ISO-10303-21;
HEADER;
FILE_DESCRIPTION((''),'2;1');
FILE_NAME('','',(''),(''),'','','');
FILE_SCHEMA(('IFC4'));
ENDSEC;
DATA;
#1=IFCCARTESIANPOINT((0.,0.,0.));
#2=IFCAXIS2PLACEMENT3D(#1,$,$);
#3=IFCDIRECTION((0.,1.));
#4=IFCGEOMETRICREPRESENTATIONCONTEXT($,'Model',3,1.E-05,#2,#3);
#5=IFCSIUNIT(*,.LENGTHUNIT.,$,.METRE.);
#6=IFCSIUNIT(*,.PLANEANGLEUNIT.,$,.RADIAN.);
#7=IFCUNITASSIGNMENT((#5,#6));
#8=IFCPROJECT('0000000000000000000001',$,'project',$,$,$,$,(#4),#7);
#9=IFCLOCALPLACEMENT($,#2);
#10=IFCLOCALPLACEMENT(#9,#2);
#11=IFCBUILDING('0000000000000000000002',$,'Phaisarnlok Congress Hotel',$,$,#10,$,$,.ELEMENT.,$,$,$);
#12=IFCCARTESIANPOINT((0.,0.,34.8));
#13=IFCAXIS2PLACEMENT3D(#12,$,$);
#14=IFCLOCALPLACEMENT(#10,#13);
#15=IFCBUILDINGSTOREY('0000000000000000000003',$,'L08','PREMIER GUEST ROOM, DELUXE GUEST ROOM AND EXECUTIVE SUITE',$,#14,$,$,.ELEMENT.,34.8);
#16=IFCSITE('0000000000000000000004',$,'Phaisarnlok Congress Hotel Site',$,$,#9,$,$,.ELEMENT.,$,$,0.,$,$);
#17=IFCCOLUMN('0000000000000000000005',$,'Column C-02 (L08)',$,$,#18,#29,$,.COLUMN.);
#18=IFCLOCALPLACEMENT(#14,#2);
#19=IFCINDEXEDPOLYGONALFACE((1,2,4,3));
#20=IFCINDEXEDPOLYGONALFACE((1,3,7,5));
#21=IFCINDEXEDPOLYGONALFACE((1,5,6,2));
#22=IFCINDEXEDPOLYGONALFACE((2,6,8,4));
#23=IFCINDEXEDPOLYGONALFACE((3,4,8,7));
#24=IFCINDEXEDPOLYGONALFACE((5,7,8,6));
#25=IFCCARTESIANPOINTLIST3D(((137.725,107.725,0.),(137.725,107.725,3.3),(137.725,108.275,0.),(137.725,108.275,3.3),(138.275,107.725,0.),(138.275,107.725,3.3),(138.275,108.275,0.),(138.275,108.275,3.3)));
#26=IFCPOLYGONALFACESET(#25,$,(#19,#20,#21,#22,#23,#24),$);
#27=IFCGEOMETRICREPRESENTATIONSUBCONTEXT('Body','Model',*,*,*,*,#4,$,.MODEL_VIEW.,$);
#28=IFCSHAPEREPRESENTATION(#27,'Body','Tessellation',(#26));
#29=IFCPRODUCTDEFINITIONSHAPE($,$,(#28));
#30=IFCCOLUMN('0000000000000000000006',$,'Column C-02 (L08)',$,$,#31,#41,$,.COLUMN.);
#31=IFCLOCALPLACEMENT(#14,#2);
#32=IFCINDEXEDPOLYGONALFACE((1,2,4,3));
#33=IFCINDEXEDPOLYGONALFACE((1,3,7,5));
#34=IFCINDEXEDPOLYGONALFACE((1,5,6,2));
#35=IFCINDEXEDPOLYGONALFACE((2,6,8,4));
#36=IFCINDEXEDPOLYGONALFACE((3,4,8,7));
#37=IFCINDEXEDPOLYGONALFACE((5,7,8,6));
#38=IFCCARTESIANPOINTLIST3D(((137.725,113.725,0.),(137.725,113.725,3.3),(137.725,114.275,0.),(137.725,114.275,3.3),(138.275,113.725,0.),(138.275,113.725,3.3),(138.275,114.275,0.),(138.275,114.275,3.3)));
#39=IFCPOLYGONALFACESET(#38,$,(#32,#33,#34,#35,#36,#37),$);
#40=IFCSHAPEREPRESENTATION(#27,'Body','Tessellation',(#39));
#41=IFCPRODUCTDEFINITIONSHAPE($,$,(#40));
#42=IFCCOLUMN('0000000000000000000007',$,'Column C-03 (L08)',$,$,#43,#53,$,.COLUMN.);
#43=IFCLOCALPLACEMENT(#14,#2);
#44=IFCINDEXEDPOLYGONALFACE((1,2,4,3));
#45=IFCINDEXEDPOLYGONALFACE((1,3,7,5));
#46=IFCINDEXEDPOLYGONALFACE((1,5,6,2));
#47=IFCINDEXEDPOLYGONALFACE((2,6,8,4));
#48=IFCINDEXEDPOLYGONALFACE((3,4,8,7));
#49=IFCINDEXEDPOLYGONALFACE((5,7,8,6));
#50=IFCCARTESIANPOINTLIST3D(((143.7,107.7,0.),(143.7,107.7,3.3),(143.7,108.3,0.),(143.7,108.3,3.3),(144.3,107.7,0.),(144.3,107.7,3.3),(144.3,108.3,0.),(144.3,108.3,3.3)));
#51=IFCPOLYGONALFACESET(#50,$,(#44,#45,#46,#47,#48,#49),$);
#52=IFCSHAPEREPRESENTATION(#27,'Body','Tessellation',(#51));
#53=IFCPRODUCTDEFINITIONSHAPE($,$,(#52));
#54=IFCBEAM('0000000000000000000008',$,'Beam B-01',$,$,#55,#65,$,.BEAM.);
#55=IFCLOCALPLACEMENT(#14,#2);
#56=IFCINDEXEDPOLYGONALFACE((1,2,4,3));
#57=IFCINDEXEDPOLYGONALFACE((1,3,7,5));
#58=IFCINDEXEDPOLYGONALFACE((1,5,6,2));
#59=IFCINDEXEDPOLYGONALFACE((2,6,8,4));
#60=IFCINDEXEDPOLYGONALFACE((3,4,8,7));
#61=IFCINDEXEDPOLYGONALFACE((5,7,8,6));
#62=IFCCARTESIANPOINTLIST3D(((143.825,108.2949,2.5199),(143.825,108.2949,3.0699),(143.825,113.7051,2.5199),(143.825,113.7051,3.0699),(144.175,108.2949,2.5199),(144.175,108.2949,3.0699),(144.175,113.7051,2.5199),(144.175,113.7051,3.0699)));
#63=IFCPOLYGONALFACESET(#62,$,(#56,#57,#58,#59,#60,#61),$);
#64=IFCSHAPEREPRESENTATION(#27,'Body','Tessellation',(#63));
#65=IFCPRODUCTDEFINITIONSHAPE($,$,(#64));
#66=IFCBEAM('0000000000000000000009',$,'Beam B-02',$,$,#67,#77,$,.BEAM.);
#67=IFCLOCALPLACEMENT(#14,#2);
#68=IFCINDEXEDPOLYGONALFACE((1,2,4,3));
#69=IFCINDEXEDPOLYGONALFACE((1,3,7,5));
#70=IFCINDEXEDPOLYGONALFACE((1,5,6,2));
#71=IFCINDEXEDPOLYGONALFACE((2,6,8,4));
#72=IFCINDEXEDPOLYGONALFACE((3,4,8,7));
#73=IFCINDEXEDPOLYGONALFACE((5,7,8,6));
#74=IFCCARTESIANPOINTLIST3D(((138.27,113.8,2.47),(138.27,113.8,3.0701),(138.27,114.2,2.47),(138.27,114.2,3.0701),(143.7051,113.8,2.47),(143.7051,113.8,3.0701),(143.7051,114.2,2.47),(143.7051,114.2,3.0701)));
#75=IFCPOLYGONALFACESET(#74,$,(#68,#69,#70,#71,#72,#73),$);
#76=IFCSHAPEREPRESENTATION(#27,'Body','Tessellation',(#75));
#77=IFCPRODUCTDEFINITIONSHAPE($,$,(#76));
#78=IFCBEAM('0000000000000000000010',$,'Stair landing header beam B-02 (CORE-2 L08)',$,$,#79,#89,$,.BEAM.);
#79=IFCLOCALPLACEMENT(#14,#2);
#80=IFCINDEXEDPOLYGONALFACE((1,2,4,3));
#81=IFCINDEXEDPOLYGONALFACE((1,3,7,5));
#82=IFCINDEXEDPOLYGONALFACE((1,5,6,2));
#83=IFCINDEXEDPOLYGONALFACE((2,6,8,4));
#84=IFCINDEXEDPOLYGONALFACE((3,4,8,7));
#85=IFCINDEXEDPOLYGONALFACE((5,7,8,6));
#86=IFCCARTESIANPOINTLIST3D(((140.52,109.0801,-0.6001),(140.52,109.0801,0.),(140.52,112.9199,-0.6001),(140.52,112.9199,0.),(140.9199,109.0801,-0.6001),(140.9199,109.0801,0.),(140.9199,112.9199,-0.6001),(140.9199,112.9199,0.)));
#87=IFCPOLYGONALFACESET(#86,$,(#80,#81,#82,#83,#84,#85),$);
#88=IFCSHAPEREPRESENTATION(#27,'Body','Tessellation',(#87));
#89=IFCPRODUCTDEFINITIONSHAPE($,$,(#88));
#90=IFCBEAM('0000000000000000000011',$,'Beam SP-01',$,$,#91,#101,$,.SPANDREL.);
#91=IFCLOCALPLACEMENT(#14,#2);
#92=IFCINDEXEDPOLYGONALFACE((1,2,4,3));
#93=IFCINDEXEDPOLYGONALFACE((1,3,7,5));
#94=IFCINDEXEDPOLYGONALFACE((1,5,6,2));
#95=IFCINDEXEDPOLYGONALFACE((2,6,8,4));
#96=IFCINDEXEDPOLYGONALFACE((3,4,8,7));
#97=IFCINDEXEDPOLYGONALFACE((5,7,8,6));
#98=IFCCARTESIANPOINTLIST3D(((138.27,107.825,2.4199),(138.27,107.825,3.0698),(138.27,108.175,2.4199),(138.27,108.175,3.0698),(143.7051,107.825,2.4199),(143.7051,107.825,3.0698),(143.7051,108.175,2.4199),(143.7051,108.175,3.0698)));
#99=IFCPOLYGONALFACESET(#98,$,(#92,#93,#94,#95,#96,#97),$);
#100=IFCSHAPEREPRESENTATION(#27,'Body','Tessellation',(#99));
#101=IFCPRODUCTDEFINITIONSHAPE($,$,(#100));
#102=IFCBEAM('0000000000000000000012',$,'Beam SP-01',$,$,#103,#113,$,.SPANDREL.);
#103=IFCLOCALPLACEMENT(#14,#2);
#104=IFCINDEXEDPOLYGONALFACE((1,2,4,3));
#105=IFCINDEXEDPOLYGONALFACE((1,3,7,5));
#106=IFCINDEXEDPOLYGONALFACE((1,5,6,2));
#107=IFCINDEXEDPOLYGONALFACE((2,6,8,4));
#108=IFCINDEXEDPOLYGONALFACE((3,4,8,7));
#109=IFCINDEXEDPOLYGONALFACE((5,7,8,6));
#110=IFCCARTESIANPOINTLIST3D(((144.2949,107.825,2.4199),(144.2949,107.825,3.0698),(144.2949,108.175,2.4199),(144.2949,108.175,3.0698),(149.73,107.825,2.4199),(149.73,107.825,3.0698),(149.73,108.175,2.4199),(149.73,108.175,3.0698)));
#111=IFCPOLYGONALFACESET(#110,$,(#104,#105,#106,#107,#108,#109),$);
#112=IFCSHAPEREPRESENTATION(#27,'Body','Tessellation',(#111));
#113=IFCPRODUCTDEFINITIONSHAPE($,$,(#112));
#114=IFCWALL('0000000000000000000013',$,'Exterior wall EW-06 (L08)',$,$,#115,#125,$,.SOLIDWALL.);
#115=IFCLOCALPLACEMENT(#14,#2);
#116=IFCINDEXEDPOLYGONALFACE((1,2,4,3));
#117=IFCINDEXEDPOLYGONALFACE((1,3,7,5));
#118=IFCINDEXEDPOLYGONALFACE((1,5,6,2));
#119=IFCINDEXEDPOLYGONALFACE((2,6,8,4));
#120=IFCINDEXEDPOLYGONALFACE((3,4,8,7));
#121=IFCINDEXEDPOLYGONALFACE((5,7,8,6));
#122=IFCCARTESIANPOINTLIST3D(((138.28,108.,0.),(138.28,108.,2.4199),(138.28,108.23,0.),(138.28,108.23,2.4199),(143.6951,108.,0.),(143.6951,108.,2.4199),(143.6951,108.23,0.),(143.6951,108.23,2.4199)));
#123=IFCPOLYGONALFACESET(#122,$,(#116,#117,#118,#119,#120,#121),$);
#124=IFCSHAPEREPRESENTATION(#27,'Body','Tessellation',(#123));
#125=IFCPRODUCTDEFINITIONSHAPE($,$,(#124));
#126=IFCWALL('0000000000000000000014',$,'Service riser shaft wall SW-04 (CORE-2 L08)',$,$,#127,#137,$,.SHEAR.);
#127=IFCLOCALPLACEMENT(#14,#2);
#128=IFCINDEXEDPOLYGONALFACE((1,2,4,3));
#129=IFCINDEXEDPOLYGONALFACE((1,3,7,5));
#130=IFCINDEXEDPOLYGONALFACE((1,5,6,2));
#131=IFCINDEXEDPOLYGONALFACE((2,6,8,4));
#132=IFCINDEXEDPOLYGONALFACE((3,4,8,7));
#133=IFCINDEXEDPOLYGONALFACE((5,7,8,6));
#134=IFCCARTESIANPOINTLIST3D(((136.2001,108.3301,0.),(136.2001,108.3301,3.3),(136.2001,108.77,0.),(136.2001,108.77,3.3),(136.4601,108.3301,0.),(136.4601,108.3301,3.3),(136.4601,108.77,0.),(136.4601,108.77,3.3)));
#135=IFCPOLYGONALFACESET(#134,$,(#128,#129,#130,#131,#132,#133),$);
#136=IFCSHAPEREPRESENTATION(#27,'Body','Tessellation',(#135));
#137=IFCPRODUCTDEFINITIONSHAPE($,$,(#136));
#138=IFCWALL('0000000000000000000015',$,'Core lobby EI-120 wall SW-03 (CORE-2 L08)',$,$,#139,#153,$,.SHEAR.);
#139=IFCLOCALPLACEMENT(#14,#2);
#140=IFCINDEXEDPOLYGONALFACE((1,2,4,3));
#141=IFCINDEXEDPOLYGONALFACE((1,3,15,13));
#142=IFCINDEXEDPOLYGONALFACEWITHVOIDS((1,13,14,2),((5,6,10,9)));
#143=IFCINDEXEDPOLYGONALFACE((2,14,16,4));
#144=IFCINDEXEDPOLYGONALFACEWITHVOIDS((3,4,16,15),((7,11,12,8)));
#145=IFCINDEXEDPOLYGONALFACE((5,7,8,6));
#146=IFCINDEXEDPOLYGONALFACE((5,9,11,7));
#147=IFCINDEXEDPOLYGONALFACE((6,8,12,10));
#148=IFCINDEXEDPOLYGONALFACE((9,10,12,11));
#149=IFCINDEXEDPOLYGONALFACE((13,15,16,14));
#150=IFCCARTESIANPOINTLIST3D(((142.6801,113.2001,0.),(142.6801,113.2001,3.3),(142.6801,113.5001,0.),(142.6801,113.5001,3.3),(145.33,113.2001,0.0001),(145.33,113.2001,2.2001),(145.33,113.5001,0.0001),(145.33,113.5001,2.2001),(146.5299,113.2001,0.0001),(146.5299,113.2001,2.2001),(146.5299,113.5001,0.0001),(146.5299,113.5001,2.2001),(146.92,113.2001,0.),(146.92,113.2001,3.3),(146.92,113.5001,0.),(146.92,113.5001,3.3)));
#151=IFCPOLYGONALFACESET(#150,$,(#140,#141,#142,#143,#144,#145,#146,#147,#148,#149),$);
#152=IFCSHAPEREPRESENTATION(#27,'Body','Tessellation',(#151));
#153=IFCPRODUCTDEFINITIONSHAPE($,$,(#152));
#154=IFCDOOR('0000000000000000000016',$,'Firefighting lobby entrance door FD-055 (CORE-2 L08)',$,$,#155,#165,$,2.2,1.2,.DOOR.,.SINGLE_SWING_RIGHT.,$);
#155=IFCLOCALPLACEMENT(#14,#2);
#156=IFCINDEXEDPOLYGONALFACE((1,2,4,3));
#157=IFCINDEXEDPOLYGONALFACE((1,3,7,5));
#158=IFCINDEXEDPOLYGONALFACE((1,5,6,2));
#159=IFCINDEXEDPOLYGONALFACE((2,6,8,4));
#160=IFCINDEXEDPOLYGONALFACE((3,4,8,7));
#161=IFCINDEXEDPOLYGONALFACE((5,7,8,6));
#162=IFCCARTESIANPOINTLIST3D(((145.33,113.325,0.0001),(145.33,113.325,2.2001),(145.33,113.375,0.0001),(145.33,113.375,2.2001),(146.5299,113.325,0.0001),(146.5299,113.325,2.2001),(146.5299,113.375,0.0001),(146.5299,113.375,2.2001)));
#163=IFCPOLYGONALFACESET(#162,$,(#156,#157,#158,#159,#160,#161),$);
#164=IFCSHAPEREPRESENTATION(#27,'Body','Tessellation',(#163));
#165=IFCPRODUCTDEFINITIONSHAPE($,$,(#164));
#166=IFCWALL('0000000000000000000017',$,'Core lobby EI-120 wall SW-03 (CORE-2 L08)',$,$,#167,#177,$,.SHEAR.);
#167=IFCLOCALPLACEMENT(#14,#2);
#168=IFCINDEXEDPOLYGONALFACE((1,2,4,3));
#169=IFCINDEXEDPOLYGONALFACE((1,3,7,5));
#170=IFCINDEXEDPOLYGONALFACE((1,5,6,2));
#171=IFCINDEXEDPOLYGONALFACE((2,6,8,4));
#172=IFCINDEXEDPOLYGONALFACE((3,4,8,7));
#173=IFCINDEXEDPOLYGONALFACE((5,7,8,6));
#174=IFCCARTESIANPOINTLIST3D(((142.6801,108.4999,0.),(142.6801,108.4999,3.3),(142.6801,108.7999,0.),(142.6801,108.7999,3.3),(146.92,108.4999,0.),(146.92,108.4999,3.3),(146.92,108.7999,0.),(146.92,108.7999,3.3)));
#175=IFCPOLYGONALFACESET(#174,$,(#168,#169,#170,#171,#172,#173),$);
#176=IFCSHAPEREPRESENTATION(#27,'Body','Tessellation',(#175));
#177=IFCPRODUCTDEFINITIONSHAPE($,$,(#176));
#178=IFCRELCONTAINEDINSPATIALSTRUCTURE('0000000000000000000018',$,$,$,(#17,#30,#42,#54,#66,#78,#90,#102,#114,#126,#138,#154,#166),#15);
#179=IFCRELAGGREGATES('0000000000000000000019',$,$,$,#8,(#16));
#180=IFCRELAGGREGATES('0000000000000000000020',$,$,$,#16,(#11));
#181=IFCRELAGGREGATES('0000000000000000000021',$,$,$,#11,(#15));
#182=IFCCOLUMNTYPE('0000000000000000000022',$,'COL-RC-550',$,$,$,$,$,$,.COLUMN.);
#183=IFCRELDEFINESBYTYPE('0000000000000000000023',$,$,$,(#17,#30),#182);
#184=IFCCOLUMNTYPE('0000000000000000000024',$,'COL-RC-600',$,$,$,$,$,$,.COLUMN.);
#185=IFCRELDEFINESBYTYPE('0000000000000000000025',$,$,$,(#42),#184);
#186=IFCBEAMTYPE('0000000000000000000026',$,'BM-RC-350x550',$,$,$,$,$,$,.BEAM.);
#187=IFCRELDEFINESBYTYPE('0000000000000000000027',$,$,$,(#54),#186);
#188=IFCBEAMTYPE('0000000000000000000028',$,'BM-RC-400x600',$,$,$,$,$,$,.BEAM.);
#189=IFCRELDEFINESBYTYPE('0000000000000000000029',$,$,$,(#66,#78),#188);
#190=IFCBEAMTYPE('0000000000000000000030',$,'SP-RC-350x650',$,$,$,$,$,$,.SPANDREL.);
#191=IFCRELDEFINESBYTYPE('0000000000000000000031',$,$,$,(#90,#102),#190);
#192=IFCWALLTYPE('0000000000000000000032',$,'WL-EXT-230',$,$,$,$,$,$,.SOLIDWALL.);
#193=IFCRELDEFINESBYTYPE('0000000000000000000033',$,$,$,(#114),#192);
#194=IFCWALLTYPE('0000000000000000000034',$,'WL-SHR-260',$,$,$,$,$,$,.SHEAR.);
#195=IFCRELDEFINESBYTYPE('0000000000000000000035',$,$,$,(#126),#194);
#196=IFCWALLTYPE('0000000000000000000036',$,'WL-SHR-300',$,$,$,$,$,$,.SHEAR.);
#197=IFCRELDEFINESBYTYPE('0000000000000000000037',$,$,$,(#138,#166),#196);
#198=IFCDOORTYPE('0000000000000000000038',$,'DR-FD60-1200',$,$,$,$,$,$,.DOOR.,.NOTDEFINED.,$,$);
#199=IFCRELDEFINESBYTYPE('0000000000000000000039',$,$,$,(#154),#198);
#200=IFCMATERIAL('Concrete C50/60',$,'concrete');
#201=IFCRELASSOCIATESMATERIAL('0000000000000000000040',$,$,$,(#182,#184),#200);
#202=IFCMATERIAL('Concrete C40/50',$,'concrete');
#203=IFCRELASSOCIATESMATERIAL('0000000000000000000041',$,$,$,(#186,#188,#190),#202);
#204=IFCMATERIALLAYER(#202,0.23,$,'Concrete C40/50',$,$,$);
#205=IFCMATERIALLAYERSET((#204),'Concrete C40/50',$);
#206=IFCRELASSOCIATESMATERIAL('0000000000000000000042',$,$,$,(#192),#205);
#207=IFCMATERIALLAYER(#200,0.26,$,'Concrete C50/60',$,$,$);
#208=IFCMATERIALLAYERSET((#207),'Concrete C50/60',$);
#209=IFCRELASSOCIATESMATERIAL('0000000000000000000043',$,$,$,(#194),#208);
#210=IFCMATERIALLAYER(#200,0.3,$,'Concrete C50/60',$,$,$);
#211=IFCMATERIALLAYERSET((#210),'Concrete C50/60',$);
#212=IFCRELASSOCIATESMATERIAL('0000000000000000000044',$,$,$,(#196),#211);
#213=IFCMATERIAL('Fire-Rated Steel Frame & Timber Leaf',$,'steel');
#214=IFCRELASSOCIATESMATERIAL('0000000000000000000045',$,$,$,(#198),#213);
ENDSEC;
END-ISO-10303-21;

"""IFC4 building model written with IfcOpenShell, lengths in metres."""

from ifc_helpers import new_model, si_unit, direction, frame, frame_2d, origin, origin_2d, place, context, subcontext, project, spatial, rectangle, extrude, material, layer, layer_set, material_profile, profile_set, type_object, element, fill, save


model = new_model("IFC4")

# Units and contexts
model_context = context("Model", 3, precision=1e-05, world=origin(), true_north=direction((0.0, 1.0)))
body_context = subcontext(model_context, "Body", "Model", "MODEL_VIEW")
ifc_project = project(units=[si_unit("LENGTHUNIT", "METRE"), si_unit("PLANEANGLEUNIT", "RADIAN")], contexts=[model_context])

# Site, building, storey
site_placement = place(None, origin())
site = spatial("IfcSite", under=ifc_project, at=site_placement, Name="Phaisarnlok Congress Hotel Site", CompositionType="ELEMENT", RefElevation=0.0)
building_placement = place(site_placement, origin())
building = spatial("IfcBuilding", under=site, at=building_placement, Name="Phaisarnlok Congress Hotel", CompositionType="ELEMENT")
storey_placement = place(building_placement, frame((0.0, 0.0, 34.8)))
storey = spatial("IfcBuildingStorey", under=building, at=storey_placement, Name="L08", Description="PREMIER GUEST ROOM, DELUXE GUEST ROOM AND EXECUTIVE SUITE", CompositionType="ELEMENT", Elevation=34.8)

# Columns
ifc_material_1 = material(Name="Concrete C50/60", Category="concrete")
ifc_material_profile_1 = material_profile(ifc_material_1, rectangle(XDim=0.55, YDim=0.55, at=origin_2d()), Name="RC 550x550")
ifc_profile_set_1 = profile_set([ifc_material_profile_1], Name="Concrete C50/60")
column_type_1 = type_object("IfcColumnType", Name="COL-RC-550", PredefinedType="COLUMN", material=ifc_profile_set_1)
for number, where, z_axis, x_axis, name in (
    (1, (138.0, 108.0, 0.0), (0.0, 0.0, 1.0), (1.0, 0.0, 0.0), "Column C-02 (L08)"),
    (2, (138.0, 114.0, 0.0), (0.0, 0.0, 1.0), (1.0, 0.0, 0.0), "Column C-02 (L08)"),
):
    element("IfcColumn", number, at=place(storey_placement, frame(where, z_axis=z_axis, x_axis=x_axis)), inside=storey, type_object=column_type_1, Name=name, PredefinedType="COLUMN", context=body_context, shape_type="SweptSolid", body=[
        extrude(rectangle(XDim=0.55, YDim=0.55, at=origin_2d()), origin(), (0.0, 0.0, 1.0), 3.3),
    ])
ifc_material_profile_2 = material_profile(ifc_material_1, rectangle(XDim=0.6001, YDim=0.6001, at=origin_2d()), Name="RC 600x600")
ifc_profile_set_2 = profile_set([ifc_material_profile_2], Name="Concrete C50/60")
column_type_2 = type_object("IfcColumnType", Name="COL-RC-600", PredefinedType="COLUMN", material=ifc_profile_set_2)
column_placement = place(storey_placement, frame((144.0, 108.0, 0.0), z_axis=(0.0, 0.0, 1.0), x_axis=(1.0, 0.0, 0.0)))
element("IfcColumn", 3, at=column_placement, inside=storey, type_object=column_type_2, Name="Column C-03 (L08)", PredefinedType="COLUMN", context=body_context, shape_type="SweptSolid", body=[
    extrude(rectangle(XDim=0.6001, YDim=0.6001, at=origin_2d()), origin(), (0.0, 0.0, 1.0), 3.3),
])

# Beams
ifc_material_2 = material(Name="Concrete C40/50", Category="concrete")
ifc_material_profile_3 = material_profile(ifc_material_2, rectangle(XDim=0.3501, YDim=0.55, at=origin_2d()), Name="RC 350x550")
ifc_profile_set_3 = profile_set([ifc_material_profile_3], Name="Concrete C40/50")
beam_type_1 = type_object("IfcBeamType", Name="BM-RC-350x550", PredefinedType="BEAM", material=ifc_profile_set_3)
beam_1_placement = place(storey_placement, frame((144.0, 108.2949, 2.7949), z_axis=(0.0, 1.0, 0.0), x_axis=(-1.0, 0.0, 0.0)))
element("IfcBeam", 4, at=beam_1_placement, inside=storey, type_object=beam_type_1, Name="Beam B-01", PredefinedType="BEAM", context=body_context, shape_type="SweptSolid", body=[
    extrude(rectangle(XDim=0.3501, YDim=0.55, at=origin_2d()), origin(), (0.0, 0.0, 1.0), 5.4102),
])
ifc_material_profile_4 = material_profile(ifc_material_2, rectangle(XDim=0.3999, YDim=0.6001, at=origin_2d()), Name="RC 400x600")
ifc_profile_set_4 = profile_set([ifc_material_profile_4], Name="Concrete C40/50")
beam_type_2 = type_object("IfcBeamType", Name="BM-RC-400x600", PredefinedType="BEAM", material=ifc_profile_set_4)
beam_2_placement = place(storey_placement, frame((138.27, 114.0, 2.77), z_axis=(1.0, 0.0, 0.0), x_axis=(0.0, 1.0, 0.0)))
element("IfcBeam", 5, at=beam_2_placement, inside=storey, type_object=beam_type_2, Name="Beam B-02", PredefinedType="BEAM", context=body_context, shape_type="SweptSolid", body=[
    extrude(rectangle(XDim=0.3999, YDim=0.6001, at=origin_2d()), origin(), (0.0, 0.0, 1.0), 5.4351),
])
beam_3_placement = place(storey_placement, frame((140.72, 109.0801, -0.3), z_axis=(0.0, 1.0, 0.0), x_axis=(-1.0, 0.0, 0.0)))
element("IfcBeam", 6, at=beam_3_placement, inside=storey, type_object=beam_type_2, Name="Stair landing header beam B-02 (CORE-2 L08)", PredefinedType="BEAM", context=body_context, shape_type="SweptSolid", body=[
    extrude(rectangle(XDim=0.3999, YDim=0.6001, at=origin_2d()), origin(), (0.0, 0.0, 1.0), 3.8398),
])
ifc_material_profile_5 = material_profile(ifc_material_2, rectangle(XDim=0.3501, YDim=0.6499, at=origin_2d()), Name="RC 350x650")
ifc_profile_set_5 = profile_set([ifc_material_profile_5], Name="Concrete C40/50")
beam_type_3 = type_object("IfcBeamType", Name="SP-RC-350x650", PredefinedType="SPANDREL", material=ifc_profile_set_5)
for number, where, z_axis, x_axis, name in (
    (7, (138.27, 108.0, 2.7449), (1.0, 0.0, 0.0), (0.0, 1.0, 0.0), "Beam SP-01"),
    (8, (144.2949, 108.0, 2.7449), (1.0, 0.0, 0.0), (0.0, 1.0, 0.0), "Beam SP-01"),
):
    element("IfcBeam", number, at=place(storey_placement, frame(where, z_axis=z_axis, x_axis=x_axis)), inside=storey, type_object=beam_type_3, Name=name, PredefinedType="SPANDREL", context=body_context, shape_type="SweptSolid", body=[
        extrude(rectangle(XDim=0.3501, YDim=0.6499, at=origin_2d()), origin(), (0.0, 0.0, 1.0), 5.4351),
    ])

# Wall
ifc_layer_1 = layer(ifc_material_2, 0.23, Name="Concrete C40/50")
ifc_layer_set_1 = layer_set([ifc_layer_1], Name="Concrete C40/50")
wall_type_1 = type_object("IfcWallType", Name="WL-EXT-230", PredefinedType="SOLIDWALL", material=ifc_layer_set_1)
wall_1_placement = place(storey_placement, frame((138.28, 108.115, 0.0), z_axis=(0.0, 0.0, 1.0), x_axis=(1.0, 0.0, 0.0)))
element("IfcWall", 9, at=wall_1_placement, inside=storey, type_object=wall_type_1, Name="Exterior wall EW-06 (L08)", PredefinedType="SOLIDWALL", context=body_context, shape_type="SweptSolid", body=[
    extrude(rectangle(XDim=5.415, YDim=0.23, at=frame_2d((2.7075, 0.0))), origin(), (0.0, 0.0, 1.0), 2.4199),
])

# Shared definitions
ifc_layer_2 = layer(ifc_material_1, 0.26, Name="Concrete C50/60")
ifc_layer_set_2 = layer_set([ifc_layer_2], Name="Concrete C50/60")
wall_type_2 = type_object("IfcWallType", Name="WL-SHR-260", PredefinedType="SHEAR", material=ifc_layer_set_2)
ifc_material_3 = material(Name="Fire-Rated Steel Frame & Timber Leaf", Category="steel")

# Wall
wall_2_placement = place(storey_placement, frame((136.3301, 108.3301, 0.0), z_axis=(0.0, 0.0, 1.0), x_axis=(0.0, 1.0, 0.0)))
element("IfcWall", 10, at=wall_2_placement, inside=storey, type_object=wall_type_2, Name="Service riser shaft wall SW-04 (CORE-2 L08)", PredefinedType="SHEAR", context=body_context, shape_type="SweptSolid", body=[
    extrude(rectangle(XDim=0.4399, YDim=0.26, at=frame_2d((0.22, 0.0))), origin(), (0.0, 0.0, 1.0), 3.3),
])

# Wall, opening, door
ifc_layer_3 = layer(ifc_material_1, 0.3, Name="Concrete C50/60")
ifc_layer_set_3 = layer_set([ifc_layer_3], Name="Concrete C50/60")
wall_type_3 = type_object("IfcWallType", Name="WL-SHR-300", PredefinedType="SHEAR", material=ifc_layer_set_3)
wall_3_placement = place(storey_placement, frame((142.6799, 113.3501, 0.0), z_axis=(0.0, 0.0, 1.0), x_axis=(1.0, 0.0, 0.0)))
wall_3 = element("IfcWall", 11, at=wall_3_placement, inside=storey, type_object=wall_type_3, Name="Core lobby EI-120 wall SW-03 (CORE-2 L08)", PredefinedType="SHEAR", context=body_context, shape_type="SweptSolid", body=[
    extrude(rectangle(XDim=4.24, YDim=0.3, at=frame_2d((2.1201, 0.0))), origin(), (0.0, 0.0, 1.0), 3.3),
])
opening_1_placement = place(wall_3_placement, frame((2.6499, 0.0, 0.0)))
opening_1 = element("IfcOpeningElement", 12, at=opening_1_placement, cuts=wall_3, PredefinedType="OPENING", context=body_context, shape_type="SweptSolid", body=[
    extrude(rectangle(XDim=1.2, YDim=2.2, at=frame_2d((0.6001, 1.1001))), frame((0.0, 0.1602, 0.0), z_axis=(0.0, -1.0, 0.0), x_axis=(1.0, 0.0, 0.0)), (0.0, 0.0, 1.0), 0.3201),
])
door_type_1 = type_object("IfcDoorType", Name="DR-FD60-1200", OperationType="NOTDEFINED", PredefinedType="DOOR", material=ifc_material_3)
door_1_placement = place(opening_1_placement, origin())
door_1 = element("IfcDoor", 13, at=door_1_placement, inside=storey, type_object=door_type_1, Name="Firefighting lobby entrance door FD-055 (CORE-2 L08)", OperationType="SINGLE_SWING_RIGHT", OverallHeight=2.2, OverallWidth=1.2, PredefinedType="DOOR", context=body_context, shape_type="SweptSolid", body=[
    extrude(rectangle(XDim=1.2, YDim=2.2, at=frame_2d((0.6001, 1.1001))), frame((0.0, 0.0249, 0.0), z_axis=(0.0, -1.0, 0.0), x_axis=(1.0, 0.0, 0.0)), (0.0, 0.0, 1.0), 0.05),
])
fill(opening_1, door_1)

# Wall
wall_4_placement = place(storey_placement, frame((142.6799, 108.6499, 0.0), z_axis=(0.0, 0.0, 1.0), x_axis=(1.0, 0.0, 0.0)))
element("IfcWall", 14, at=wall_4_placement, inside=storey, type_object=wall_type_3, Name="Core lobby EI-120 wall SW-03 (CORE-2 L08)", PredefinedType="SHEAR", context=body_context, shape_type="SweptSolid", body=[
    extrude(rectangle(XDim=4.24, YDim=0.3, at=frame_2d((2.1201, 0.0))), origin(), (0.0, 0.0, 1.0), 3.3),
])

save(model, "model.ifc")
